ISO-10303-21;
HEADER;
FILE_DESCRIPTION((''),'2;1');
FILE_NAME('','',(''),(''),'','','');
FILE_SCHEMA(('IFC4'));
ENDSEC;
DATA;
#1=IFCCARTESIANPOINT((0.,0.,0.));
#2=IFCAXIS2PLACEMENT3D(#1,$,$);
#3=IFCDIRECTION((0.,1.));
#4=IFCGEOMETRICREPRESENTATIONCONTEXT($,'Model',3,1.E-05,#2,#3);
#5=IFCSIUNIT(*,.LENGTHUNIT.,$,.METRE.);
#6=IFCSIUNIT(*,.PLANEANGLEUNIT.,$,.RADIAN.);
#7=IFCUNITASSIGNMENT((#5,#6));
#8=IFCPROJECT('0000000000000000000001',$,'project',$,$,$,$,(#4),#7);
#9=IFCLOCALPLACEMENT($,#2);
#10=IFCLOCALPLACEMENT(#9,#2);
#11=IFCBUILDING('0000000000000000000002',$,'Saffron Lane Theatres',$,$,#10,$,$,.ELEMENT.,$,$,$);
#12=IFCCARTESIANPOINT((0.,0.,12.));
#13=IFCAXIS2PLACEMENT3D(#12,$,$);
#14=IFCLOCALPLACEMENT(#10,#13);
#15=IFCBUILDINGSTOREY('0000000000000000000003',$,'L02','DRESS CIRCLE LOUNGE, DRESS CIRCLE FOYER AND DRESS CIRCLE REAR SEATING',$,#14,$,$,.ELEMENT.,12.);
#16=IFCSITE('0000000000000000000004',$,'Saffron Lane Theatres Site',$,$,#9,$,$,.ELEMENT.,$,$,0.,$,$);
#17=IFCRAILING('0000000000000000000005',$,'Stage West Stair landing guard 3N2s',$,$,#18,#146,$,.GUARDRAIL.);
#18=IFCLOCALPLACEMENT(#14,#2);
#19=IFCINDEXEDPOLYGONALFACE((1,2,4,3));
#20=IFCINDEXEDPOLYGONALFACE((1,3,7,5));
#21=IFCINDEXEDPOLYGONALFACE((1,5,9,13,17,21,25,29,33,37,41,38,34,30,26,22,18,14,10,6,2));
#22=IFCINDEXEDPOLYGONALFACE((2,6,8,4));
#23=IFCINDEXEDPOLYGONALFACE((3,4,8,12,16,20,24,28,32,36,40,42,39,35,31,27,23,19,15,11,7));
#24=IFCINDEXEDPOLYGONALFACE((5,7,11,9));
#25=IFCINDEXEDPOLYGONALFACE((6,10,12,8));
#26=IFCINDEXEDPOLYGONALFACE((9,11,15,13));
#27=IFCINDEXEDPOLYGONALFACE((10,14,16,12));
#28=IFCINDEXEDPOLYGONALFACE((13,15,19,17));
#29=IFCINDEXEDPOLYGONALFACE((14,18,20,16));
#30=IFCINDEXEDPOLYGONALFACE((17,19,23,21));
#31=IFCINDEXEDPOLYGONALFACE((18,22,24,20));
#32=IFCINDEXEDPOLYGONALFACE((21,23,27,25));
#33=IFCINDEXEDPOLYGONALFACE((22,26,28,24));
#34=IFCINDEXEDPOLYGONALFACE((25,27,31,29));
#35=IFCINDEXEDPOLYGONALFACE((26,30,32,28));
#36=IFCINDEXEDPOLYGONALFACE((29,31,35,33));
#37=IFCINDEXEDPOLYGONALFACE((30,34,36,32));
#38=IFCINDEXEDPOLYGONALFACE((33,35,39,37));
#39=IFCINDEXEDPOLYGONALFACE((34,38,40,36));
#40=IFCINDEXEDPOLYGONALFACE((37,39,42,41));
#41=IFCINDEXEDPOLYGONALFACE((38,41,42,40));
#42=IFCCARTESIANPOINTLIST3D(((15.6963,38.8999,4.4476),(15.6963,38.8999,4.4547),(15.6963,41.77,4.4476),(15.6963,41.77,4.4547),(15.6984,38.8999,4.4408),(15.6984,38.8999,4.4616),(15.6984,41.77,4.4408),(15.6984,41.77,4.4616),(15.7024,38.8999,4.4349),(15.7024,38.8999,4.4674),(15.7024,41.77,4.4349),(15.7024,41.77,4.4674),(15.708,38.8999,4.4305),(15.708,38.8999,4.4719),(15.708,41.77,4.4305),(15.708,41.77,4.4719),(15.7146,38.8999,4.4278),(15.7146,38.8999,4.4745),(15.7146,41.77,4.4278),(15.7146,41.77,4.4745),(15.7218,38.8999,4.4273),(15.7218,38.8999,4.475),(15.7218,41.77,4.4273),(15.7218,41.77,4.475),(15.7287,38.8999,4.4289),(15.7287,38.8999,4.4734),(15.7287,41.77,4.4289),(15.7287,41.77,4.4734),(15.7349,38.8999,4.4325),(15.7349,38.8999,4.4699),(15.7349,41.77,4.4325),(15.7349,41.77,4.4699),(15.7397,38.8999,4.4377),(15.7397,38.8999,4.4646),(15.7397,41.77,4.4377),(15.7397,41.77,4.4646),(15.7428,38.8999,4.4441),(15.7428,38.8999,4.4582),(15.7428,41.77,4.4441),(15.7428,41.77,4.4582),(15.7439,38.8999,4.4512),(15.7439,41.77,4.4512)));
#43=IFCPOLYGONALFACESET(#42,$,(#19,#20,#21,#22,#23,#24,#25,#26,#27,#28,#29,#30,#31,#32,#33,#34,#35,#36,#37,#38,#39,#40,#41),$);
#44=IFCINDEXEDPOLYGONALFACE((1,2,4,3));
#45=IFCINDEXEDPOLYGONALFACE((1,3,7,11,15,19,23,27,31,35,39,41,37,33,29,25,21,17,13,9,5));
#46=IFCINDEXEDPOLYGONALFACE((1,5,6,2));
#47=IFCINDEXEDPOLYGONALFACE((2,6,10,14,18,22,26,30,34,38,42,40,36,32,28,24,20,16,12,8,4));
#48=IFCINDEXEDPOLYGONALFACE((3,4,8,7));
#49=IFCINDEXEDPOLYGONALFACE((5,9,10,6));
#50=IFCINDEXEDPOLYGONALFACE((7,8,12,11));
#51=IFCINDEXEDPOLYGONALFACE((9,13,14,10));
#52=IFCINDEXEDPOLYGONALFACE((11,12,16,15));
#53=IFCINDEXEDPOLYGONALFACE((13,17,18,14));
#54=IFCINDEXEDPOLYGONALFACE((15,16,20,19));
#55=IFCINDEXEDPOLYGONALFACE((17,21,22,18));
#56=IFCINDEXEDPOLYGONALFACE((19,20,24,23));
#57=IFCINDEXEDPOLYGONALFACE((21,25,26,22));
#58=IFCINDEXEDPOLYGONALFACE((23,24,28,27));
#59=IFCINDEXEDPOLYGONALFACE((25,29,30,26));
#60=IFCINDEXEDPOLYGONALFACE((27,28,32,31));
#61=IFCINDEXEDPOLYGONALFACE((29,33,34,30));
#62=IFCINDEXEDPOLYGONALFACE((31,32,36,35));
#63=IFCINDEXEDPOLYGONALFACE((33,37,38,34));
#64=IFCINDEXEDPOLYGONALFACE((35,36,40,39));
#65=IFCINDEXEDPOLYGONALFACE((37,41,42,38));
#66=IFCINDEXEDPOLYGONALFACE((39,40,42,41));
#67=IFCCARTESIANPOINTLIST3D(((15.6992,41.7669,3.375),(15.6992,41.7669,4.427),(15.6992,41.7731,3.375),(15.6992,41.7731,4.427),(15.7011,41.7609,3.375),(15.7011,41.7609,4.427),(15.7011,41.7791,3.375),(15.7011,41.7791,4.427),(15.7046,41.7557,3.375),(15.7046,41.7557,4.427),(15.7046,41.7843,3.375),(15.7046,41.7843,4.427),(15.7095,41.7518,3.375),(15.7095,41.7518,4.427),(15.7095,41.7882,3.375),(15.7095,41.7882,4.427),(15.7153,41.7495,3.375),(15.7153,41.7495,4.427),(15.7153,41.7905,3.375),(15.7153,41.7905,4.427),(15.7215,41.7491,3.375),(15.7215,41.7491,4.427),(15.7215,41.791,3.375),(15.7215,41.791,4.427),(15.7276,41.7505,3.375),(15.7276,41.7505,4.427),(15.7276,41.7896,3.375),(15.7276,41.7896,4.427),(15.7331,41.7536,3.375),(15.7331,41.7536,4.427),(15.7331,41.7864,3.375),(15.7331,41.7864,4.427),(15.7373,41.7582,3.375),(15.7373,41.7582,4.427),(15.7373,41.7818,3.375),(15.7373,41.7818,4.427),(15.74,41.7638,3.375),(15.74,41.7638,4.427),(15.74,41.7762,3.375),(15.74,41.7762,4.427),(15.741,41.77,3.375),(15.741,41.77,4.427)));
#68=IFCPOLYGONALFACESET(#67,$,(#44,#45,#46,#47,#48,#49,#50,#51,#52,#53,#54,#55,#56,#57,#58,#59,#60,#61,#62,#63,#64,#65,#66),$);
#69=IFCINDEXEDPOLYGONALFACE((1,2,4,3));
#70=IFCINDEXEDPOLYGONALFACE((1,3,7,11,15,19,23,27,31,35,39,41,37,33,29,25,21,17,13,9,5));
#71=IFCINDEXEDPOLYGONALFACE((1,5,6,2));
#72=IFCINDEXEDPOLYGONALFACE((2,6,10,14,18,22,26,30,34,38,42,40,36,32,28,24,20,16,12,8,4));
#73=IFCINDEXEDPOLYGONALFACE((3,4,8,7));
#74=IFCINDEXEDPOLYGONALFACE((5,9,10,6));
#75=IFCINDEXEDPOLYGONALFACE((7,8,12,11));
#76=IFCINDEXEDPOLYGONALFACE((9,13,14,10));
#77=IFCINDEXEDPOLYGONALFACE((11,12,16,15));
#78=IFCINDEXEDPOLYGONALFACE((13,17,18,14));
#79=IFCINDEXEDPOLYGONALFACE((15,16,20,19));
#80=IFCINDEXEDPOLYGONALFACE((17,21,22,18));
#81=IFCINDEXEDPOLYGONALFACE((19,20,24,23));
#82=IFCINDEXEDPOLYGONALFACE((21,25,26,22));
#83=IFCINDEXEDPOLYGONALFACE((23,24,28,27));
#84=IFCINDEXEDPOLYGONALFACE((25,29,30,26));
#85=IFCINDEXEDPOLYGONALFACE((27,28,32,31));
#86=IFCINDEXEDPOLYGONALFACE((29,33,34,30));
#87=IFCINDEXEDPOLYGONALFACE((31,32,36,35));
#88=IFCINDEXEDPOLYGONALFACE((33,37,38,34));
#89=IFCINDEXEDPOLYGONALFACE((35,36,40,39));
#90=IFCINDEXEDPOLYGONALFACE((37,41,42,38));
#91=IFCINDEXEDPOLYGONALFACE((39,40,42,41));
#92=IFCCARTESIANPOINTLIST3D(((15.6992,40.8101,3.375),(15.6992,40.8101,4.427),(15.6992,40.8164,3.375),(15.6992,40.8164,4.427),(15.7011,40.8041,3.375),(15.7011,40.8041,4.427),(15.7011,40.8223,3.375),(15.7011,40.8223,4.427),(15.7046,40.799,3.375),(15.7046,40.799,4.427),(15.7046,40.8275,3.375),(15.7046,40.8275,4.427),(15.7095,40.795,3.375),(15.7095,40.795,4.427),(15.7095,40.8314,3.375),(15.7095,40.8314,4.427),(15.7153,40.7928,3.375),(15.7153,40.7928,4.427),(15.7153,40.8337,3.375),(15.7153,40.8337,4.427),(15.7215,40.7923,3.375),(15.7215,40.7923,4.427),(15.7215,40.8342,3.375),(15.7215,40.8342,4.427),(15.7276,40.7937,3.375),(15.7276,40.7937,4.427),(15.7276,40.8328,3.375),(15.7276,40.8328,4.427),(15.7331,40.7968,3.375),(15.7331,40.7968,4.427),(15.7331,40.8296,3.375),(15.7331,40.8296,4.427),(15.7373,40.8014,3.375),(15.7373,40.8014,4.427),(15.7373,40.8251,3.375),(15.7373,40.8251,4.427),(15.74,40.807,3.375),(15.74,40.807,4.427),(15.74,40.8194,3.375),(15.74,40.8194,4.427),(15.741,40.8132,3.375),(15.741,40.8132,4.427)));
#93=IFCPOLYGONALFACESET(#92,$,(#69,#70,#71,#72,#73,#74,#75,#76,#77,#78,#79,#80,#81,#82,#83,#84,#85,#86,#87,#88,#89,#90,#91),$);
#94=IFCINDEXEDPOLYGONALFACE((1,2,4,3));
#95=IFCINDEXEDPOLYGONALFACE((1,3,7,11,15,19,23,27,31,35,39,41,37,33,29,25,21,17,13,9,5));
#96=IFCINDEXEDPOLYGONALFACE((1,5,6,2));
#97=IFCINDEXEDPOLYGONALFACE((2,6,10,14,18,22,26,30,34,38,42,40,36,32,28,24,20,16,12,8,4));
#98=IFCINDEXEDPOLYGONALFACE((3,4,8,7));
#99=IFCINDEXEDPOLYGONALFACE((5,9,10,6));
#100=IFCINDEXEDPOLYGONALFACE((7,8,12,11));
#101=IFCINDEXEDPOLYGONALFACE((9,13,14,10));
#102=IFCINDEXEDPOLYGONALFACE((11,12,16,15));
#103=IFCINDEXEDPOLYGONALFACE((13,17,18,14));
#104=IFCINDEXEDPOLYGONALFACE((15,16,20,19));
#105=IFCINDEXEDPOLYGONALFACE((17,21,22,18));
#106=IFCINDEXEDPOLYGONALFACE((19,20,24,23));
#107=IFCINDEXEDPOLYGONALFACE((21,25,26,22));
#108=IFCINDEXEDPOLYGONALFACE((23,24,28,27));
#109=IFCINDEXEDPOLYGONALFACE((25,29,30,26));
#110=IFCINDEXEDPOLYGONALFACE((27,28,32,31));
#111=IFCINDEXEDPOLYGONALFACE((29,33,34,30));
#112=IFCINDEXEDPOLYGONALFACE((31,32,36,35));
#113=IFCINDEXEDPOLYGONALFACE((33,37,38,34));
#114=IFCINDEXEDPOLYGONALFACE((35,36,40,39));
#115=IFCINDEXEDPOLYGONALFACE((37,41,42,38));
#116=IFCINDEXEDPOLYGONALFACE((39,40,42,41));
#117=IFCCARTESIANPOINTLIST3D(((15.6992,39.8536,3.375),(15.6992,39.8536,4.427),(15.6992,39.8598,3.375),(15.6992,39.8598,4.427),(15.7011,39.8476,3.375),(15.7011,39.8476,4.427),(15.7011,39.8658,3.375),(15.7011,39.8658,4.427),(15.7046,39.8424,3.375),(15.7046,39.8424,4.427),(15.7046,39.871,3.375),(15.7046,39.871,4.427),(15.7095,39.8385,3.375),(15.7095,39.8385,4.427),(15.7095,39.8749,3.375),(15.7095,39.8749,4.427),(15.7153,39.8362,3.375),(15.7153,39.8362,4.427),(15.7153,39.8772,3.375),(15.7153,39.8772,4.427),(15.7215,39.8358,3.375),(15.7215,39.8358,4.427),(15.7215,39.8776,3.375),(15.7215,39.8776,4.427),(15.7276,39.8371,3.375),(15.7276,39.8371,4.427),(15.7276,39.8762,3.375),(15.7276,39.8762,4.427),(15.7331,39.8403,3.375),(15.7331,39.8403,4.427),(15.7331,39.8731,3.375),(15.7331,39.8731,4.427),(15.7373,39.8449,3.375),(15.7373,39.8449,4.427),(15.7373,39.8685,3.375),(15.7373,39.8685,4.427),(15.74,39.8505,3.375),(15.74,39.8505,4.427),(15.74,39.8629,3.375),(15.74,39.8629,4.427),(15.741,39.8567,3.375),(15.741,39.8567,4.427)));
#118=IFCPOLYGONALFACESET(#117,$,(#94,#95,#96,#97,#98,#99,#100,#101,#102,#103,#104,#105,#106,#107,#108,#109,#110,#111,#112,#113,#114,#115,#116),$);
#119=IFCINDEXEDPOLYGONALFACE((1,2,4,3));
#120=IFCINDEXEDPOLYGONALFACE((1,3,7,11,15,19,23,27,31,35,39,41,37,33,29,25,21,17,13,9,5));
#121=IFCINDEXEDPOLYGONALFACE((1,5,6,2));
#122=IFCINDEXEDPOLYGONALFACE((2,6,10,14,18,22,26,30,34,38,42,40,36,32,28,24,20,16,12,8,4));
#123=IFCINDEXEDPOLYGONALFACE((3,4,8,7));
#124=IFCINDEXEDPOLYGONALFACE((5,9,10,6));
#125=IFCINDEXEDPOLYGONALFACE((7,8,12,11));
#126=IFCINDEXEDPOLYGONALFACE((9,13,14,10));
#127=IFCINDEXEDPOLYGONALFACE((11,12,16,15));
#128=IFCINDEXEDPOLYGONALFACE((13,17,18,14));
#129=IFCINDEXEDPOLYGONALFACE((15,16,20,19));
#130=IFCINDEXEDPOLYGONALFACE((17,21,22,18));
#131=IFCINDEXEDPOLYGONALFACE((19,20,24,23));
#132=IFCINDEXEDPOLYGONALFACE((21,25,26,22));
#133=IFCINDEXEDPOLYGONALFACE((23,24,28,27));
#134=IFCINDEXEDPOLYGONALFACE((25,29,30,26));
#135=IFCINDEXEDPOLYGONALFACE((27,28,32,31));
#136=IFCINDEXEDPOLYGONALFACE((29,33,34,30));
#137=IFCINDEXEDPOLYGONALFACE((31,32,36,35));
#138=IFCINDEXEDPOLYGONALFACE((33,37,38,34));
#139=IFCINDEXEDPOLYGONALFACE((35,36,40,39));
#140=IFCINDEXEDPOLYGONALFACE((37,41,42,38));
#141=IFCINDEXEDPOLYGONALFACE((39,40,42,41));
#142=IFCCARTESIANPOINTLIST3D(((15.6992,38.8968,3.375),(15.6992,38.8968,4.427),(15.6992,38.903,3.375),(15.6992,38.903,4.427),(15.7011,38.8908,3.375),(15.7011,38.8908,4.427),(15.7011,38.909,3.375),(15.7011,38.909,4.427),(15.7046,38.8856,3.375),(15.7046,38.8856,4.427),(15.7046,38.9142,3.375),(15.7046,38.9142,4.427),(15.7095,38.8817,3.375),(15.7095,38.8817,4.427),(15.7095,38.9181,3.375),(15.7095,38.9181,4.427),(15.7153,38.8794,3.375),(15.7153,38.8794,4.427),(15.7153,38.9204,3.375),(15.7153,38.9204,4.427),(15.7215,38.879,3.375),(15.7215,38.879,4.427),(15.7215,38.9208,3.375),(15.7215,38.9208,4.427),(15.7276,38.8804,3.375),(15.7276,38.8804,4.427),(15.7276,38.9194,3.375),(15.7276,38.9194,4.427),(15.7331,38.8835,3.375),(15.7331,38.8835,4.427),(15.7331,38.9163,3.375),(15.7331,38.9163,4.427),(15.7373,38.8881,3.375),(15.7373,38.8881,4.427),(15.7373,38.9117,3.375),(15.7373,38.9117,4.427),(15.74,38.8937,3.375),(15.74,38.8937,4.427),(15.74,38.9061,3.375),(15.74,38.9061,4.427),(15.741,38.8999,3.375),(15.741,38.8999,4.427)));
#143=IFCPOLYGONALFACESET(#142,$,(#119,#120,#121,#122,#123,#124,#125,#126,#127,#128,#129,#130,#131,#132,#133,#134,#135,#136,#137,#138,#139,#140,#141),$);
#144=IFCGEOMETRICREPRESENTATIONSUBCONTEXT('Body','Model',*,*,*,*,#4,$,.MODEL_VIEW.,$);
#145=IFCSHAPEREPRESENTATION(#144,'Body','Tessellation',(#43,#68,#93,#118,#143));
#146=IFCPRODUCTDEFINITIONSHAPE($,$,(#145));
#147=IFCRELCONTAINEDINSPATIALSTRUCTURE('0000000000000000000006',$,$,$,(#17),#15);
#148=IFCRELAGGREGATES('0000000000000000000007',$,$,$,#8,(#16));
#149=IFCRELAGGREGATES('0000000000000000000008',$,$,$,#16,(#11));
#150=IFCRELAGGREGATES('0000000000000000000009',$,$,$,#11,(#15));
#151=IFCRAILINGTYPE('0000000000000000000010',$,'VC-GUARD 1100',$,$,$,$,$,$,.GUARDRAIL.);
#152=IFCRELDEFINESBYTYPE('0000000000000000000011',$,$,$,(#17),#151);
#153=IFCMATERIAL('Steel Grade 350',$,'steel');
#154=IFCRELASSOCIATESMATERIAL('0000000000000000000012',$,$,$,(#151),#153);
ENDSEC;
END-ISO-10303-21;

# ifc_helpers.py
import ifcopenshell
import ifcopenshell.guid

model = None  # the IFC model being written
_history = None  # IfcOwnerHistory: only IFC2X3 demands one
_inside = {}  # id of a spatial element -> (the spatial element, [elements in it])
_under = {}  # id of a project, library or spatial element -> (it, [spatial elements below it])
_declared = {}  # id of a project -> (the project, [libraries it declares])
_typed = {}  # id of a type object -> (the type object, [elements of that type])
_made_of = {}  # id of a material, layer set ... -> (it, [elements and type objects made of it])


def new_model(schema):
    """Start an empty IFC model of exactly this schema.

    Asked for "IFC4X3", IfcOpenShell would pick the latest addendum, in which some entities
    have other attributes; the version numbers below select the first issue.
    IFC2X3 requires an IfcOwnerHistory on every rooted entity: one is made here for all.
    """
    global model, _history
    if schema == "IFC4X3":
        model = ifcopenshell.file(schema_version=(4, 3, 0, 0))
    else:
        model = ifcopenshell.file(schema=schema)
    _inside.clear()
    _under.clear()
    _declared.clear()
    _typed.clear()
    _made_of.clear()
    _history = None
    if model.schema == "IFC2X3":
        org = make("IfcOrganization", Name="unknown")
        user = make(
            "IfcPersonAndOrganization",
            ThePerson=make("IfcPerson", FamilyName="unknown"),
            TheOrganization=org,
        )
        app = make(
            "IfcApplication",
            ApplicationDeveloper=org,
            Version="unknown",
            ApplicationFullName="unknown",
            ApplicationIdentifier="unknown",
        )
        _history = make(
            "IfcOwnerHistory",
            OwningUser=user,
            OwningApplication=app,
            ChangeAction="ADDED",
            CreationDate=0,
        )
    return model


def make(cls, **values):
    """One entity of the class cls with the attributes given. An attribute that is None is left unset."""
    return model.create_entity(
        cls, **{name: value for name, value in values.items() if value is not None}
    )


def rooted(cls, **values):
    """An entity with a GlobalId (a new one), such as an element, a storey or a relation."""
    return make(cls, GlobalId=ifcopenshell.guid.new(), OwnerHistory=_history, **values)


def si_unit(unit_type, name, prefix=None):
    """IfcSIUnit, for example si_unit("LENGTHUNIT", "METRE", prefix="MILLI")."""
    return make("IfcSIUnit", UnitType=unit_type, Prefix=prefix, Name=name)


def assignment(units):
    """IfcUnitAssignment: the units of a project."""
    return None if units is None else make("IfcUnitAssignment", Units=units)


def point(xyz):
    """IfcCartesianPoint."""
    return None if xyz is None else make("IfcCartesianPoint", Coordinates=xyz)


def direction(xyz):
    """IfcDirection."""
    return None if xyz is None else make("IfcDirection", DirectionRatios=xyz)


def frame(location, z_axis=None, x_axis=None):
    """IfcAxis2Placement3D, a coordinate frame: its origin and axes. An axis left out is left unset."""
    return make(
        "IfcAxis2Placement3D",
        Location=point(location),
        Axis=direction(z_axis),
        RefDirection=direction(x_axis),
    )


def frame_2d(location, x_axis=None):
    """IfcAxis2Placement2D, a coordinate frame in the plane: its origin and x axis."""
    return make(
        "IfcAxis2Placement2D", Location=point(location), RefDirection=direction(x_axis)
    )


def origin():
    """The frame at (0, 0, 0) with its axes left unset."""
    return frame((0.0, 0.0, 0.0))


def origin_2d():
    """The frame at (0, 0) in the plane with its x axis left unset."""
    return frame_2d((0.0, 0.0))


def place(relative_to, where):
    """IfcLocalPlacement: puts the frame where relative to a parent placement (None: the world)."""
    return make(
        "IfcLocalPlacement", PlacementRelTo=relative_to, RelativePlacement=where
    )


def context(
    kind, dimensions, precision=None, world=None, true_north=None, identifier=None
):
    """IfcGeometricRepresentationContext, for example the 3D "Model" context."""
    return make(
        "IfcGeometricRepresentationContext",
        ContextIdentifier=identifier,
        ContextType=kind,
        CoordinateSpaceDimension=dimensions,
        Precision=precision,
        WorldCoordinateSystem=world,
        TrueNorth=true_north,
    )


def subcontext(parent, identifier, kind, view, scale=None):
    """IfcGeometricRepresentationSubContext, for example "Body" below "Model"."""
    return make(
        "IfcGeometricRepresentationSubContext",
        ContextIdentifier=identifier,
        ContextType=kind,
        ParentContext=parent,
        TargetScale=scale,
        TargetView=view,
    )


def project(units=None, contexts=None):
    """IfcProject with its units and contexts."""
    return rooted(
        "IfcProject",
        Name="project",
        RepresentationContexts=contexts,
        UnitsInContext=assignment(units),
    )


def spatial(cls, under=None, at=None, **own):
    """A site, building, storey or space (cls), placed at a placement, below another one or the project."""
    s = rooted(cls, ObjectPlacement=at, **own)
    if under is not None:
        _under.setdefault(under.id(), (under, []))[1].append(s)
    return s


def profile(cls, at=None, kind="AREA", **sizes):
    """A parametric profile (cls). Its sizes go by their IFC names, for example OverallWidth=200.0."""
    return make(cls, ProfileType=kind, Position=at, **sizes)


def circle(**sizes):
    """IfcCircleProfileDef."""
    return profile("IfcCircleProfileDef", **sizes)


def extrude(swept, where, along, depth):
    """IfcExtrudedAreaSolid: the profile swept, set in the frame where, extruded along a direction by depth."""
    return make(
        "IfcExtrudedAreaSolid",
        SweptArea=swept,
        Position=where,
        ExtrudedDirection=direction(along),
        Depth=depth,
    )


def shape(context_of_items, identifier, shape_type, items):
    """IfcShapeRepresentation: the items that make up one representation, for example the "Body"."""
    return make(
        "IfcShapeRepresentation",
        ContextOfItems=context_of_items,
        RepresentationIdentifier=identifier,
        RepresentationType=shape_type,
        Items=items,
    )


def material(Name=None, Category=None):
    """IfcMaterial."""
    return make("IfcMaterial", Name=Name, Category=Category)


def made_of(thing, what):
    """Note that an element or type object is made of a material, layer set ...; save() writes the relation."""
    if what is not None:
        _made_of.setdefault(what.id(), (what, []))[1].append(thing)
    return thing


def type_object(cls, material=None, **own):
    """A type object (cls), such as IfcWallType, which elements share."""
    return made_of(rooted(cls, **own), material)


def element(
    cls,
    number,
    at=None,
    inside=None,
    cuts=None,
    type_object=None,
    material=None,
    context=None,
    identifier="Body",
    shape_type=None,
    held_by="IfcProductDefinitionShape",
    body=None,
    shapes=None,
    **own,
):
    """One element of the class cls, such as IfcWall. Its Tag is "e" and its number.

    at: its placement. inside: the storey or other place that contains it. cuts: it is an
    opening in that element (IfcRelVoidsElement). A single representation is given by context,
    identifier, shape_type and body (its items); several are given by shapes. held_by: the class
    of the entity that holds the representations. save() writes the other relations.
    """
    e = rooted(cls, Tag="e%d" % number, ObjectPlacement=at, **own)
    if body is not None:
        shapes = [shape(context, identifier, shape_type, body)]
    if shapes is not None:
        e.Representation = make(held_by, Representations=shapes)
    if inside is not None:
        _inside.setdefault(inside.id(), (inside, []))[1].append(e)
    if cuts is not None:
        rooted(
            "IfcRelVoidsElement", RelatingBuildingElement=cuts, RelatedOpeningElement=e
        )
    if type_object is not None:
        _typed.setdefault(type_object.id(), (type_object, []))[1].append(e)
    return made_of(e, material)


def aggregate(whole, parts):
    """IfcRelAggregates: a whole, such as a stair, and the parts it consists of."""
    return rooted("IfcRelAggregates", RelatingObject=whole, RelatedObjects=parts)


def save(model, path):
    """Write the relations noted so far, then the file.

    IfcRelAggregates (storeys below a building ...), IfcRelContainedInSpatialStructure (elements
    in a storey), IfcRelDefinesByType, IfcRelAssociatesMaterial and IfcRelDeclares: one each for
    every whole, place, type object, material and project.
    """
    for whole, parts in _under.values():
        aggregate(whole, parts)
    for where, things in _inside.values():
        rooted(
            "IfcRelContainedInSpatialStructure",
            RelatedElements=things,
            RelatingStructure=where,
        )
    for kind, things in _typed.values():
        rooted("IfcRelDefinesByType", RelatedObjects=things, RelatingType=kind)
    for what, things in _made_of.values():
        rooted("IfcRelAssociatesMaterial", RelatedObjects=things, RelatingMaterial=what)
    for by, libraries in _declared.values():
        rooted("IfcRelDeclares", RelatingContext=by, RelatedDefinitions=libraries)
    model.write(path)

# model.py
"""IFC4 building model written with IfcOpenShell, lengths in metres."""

from ifc_helpers import new_model, si_unit, direction, frame, origin, origin_2d, place, context, subcontext, project, spatial, circle, extrude, material, type_object, element, save


model = new_model("IFC4")

# Units and contexts
model_context = context("Model", 3, precision=1e-05, world=origin(), true_north=direction((0.0, 1.0)))
body_context = subcontext(model_context, "Body", "Model", "MODEL_VIEW")
ifc_project = project(units=[si_unit("LENGTHUNIT", "METRE"), si_unit("PLANEANGLEUNIT", "RADIAN")], contexts=[model_context])

# Site, building, storey
site_placement = place(None, origin())
site = spatial("IfcSite", under=ifc_project, at=site_placement, Name="Saffron Lane Theatres Site", CompositionType="ELEMENT", RefElevation=0.0)
building_placement = place(site_placement, origin())
building = spatial("IfcBuilding", under=site, at=building_placement, Name="Saffron Lane Theatres", CompositionType="ELEMENT")
storey_placement = place(building_placement, frame((0.0, 0.0, 12.0)))
storey = spatial("IfcBuildingStorey", under=building, at=storey_placement, Name="L02", Description="DRESS CIRCLE LOUNGE, DRESS CIRCLE FOYER AND DRESS CIRCLE REAR SEATING", CompositionType="ELEMENT", Elevation=12.0)

# Railing
ifc_material_1 = material(Name="Steel Grade 350", Category="steel")
railing_type_1 = type_object("IfcRailingType", Name="VC-GUARD 1100", PredefinedType="GUARDRAIL", material=ifc_material_1)
railing_1_placement = place(storey_placement, frame((15.72, 41.77, 3.375)))
element("IfcRailing", 1, at=railing_1_placement, inside=storey, type_object=railing_type_1, Name="Stage West Stair landing guard 3N2s", PredefinedType="GUARDRAIL", context=body_context, shape_type="SweptSolid", body=[
    extrude(circle(Radius=0.0239, at=origin_2d()), frame((0.0, 0.0, 1.0762), z_axis=(0.0, -1.0, 0.0), x_axis=(1.0, 0.0, 0.0)), (0.0, 0.0, 1.0), 2.8701),
    extrude(circle(Radius=0.021, at=origin_2d()), origin(), (0.0, 0.0, 1.0), 1.052),
    extrude(circle(Radius=0.021, at=origin_2d()), frame((0.0, -0.9568, 0.0)), (0.0, 0.0, 1.0), 1.052),
    extrude(circle(Radius=0.021, at=origin_2d()), frame((0.0, -1.9133, 0.0)), (0.0, 0.0, 1.0), 1.052),
    extrude(circle(Radius=0.021, at=origin_2d()), frame((0.0, -2.8701, 0.0)), (0.0, 0.0, 1.0), 1.052),
])

save(model, "model.ifc")
